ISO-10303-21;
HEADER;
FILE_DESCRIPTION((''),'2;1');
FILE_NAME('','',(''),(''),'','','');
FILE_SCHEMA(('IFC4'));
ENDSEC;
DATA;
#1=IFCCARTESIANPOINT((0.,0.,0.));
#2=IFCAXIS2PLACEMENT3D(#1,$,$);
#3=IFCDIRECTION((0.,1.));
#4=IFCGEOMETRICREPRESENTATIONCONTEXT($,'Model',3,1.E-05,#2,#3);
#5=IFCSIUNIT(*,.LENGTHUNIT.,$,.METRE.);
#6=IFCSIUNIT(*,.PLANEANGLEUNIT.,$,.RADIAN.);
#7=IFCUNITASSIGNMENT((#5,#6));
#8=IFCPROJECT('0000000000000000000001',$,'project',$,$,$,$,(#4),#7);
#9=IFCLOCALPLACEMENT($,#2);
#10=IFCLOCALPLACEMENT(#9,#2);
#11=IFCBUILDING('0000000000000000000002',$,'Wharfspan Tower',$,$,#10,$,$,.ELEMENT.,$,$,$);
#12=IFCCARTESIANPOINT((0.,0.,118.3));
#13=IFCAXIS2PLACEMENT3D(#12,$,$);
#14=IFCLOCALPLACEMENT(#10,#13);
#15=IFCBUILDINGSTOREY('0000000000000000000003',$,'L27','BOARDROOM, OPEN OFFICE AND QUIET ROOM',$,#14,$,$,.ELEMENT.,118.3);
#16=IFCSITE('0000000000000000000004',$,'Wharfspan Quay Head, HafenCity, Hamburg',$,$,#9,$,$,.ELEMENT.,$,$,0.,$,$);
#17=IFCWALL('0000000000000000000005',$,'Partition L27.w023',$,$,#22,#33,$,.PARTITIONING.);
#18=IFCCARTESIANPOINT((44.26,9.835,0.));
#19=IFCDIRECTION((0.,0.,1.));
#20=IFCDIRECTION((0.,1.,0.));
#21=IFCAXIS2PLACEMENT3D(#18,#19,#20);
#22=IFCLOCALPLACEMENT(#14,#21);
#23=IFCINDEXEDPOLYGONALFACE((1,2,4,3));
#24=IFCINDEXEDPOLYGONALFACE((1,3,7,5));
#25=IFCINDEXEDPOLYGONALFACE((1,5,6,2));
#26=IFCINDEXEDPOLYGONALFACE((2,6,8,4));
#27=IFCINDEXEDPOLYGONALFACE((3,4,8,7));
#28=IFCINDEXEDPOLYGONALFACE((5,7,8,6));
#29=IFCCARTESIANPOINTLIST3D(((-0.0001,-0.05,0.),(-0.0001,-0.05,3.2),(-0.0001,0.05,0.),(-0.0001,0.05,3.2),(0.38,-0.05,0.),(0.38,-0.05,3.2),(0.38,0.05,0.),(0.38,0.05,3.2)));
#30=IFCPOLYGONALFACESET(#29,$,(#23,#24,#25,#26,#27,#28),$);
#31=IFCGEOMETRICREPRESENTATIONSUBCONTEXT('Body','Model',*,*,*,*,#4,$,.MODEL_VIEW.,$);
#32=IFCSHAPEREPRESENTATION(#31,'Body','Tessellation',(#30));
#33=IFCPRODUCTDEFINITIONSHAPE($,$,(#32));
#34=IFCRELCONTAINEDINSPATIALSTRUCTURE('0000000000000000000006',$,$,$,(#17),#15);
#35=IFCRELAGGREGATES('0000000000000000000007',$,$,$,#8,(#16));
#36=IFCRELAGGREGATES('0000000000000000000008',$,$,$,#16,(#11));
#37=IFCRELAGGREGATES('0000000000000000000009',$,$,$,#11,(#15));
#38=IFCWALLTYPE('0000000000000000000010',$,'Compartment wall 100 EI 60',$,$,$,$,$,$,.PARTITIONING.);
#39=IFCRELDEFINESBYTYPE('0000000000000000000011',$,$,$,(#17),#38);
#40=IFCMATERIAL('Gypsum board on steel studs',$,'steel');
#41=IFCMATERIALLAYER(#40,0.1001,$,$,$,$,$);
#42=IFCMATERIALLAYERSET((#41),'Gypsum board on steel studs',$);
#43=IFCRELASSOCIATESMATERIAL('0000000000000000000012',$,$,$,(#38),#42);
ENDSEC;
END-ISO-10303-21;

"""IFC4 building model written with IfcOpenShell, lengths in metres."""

from ifc_helpers import new_model, si_unit, direction, frame, frame_2d, origin, place, context, subcontext, project, spatial, rectangle, extrude, material, layer, layer_set, type_object, element, save


model = new_model("IFC4")

# Units and contexts
model_context = context("Model", 3, precision=1e-05, world=origin(), true_north=direction((0.0, 1.0)))
body_context = subcontext(model_context, "Body", "Model", "MODEL_VIEW")
ifc_project = project(units=[si_unit("LENGTHUNIT", "METRE"), si_unit("PLANEANGLEUNIT", "RADIAN")], contexts=[model_context])

# Site, building, storey
site_placement = place(None, origin())
site = spatial("IfcSite", under=ifc_project, at=site_placement, Name="Wharfspan Quay Head, HafenCity, Hamburg", CompositionType="ELEMENT", RefElevation=0.0)
building_placement = place(site_placement, origin())
building = spatial("IfcBuilding", under=site, at=building_placement, Name="Wharfspan Tower", CompositionType="ELEMENT")
storey_placement = place(building_placement, frame((0.0, 0.0, 118.3)))
storey = spatial("IfcBuildingStorey", under=building, at=storey_placement, Name="L27", Description="BOARDROOM, OPEN OFFICE AND QUIET ROOM", CompositionType="ELEMENT", Elevation=118.3)

# Wall
ifc_material_1 = material(Name="Gypsum board on steel studs", Category="steel")
ifc_layer_1 = layer(ifc_material_1, 0.1001)
ifc_layer_set_1 = layer_set([ifc_layer_1], Name="Gypsum board on steel studs")
wall_type_1 = type_object("IfcWallType", Name="Compartment wall 100 EI 60", PredefinedType="PARTITIONING", material=ifc_layer_set_1)
wall_1_placement = place(storey_placement, frame((44.26, 9.835, 0.0), z_axis=(0.0, 0.0, 1.0), x_axis=(0.0, 1.0, 0.0)))
element("IfcWall", 1, at=wall_1_placement, inside=storey, type_object=wall_type_1, Name="Partition L27.w023", PredefinedType="PARTITIONING", context=body_context, shape_type="SweptSolid", body=[
    extrude(rectangle(XDim=0.3801, YDim=0.1001, at=frame_2d((0.1899, 0.0))), origin(), (0.0, 0.0, 1.0), 3.2),
])

save(model, "model.ifc")
